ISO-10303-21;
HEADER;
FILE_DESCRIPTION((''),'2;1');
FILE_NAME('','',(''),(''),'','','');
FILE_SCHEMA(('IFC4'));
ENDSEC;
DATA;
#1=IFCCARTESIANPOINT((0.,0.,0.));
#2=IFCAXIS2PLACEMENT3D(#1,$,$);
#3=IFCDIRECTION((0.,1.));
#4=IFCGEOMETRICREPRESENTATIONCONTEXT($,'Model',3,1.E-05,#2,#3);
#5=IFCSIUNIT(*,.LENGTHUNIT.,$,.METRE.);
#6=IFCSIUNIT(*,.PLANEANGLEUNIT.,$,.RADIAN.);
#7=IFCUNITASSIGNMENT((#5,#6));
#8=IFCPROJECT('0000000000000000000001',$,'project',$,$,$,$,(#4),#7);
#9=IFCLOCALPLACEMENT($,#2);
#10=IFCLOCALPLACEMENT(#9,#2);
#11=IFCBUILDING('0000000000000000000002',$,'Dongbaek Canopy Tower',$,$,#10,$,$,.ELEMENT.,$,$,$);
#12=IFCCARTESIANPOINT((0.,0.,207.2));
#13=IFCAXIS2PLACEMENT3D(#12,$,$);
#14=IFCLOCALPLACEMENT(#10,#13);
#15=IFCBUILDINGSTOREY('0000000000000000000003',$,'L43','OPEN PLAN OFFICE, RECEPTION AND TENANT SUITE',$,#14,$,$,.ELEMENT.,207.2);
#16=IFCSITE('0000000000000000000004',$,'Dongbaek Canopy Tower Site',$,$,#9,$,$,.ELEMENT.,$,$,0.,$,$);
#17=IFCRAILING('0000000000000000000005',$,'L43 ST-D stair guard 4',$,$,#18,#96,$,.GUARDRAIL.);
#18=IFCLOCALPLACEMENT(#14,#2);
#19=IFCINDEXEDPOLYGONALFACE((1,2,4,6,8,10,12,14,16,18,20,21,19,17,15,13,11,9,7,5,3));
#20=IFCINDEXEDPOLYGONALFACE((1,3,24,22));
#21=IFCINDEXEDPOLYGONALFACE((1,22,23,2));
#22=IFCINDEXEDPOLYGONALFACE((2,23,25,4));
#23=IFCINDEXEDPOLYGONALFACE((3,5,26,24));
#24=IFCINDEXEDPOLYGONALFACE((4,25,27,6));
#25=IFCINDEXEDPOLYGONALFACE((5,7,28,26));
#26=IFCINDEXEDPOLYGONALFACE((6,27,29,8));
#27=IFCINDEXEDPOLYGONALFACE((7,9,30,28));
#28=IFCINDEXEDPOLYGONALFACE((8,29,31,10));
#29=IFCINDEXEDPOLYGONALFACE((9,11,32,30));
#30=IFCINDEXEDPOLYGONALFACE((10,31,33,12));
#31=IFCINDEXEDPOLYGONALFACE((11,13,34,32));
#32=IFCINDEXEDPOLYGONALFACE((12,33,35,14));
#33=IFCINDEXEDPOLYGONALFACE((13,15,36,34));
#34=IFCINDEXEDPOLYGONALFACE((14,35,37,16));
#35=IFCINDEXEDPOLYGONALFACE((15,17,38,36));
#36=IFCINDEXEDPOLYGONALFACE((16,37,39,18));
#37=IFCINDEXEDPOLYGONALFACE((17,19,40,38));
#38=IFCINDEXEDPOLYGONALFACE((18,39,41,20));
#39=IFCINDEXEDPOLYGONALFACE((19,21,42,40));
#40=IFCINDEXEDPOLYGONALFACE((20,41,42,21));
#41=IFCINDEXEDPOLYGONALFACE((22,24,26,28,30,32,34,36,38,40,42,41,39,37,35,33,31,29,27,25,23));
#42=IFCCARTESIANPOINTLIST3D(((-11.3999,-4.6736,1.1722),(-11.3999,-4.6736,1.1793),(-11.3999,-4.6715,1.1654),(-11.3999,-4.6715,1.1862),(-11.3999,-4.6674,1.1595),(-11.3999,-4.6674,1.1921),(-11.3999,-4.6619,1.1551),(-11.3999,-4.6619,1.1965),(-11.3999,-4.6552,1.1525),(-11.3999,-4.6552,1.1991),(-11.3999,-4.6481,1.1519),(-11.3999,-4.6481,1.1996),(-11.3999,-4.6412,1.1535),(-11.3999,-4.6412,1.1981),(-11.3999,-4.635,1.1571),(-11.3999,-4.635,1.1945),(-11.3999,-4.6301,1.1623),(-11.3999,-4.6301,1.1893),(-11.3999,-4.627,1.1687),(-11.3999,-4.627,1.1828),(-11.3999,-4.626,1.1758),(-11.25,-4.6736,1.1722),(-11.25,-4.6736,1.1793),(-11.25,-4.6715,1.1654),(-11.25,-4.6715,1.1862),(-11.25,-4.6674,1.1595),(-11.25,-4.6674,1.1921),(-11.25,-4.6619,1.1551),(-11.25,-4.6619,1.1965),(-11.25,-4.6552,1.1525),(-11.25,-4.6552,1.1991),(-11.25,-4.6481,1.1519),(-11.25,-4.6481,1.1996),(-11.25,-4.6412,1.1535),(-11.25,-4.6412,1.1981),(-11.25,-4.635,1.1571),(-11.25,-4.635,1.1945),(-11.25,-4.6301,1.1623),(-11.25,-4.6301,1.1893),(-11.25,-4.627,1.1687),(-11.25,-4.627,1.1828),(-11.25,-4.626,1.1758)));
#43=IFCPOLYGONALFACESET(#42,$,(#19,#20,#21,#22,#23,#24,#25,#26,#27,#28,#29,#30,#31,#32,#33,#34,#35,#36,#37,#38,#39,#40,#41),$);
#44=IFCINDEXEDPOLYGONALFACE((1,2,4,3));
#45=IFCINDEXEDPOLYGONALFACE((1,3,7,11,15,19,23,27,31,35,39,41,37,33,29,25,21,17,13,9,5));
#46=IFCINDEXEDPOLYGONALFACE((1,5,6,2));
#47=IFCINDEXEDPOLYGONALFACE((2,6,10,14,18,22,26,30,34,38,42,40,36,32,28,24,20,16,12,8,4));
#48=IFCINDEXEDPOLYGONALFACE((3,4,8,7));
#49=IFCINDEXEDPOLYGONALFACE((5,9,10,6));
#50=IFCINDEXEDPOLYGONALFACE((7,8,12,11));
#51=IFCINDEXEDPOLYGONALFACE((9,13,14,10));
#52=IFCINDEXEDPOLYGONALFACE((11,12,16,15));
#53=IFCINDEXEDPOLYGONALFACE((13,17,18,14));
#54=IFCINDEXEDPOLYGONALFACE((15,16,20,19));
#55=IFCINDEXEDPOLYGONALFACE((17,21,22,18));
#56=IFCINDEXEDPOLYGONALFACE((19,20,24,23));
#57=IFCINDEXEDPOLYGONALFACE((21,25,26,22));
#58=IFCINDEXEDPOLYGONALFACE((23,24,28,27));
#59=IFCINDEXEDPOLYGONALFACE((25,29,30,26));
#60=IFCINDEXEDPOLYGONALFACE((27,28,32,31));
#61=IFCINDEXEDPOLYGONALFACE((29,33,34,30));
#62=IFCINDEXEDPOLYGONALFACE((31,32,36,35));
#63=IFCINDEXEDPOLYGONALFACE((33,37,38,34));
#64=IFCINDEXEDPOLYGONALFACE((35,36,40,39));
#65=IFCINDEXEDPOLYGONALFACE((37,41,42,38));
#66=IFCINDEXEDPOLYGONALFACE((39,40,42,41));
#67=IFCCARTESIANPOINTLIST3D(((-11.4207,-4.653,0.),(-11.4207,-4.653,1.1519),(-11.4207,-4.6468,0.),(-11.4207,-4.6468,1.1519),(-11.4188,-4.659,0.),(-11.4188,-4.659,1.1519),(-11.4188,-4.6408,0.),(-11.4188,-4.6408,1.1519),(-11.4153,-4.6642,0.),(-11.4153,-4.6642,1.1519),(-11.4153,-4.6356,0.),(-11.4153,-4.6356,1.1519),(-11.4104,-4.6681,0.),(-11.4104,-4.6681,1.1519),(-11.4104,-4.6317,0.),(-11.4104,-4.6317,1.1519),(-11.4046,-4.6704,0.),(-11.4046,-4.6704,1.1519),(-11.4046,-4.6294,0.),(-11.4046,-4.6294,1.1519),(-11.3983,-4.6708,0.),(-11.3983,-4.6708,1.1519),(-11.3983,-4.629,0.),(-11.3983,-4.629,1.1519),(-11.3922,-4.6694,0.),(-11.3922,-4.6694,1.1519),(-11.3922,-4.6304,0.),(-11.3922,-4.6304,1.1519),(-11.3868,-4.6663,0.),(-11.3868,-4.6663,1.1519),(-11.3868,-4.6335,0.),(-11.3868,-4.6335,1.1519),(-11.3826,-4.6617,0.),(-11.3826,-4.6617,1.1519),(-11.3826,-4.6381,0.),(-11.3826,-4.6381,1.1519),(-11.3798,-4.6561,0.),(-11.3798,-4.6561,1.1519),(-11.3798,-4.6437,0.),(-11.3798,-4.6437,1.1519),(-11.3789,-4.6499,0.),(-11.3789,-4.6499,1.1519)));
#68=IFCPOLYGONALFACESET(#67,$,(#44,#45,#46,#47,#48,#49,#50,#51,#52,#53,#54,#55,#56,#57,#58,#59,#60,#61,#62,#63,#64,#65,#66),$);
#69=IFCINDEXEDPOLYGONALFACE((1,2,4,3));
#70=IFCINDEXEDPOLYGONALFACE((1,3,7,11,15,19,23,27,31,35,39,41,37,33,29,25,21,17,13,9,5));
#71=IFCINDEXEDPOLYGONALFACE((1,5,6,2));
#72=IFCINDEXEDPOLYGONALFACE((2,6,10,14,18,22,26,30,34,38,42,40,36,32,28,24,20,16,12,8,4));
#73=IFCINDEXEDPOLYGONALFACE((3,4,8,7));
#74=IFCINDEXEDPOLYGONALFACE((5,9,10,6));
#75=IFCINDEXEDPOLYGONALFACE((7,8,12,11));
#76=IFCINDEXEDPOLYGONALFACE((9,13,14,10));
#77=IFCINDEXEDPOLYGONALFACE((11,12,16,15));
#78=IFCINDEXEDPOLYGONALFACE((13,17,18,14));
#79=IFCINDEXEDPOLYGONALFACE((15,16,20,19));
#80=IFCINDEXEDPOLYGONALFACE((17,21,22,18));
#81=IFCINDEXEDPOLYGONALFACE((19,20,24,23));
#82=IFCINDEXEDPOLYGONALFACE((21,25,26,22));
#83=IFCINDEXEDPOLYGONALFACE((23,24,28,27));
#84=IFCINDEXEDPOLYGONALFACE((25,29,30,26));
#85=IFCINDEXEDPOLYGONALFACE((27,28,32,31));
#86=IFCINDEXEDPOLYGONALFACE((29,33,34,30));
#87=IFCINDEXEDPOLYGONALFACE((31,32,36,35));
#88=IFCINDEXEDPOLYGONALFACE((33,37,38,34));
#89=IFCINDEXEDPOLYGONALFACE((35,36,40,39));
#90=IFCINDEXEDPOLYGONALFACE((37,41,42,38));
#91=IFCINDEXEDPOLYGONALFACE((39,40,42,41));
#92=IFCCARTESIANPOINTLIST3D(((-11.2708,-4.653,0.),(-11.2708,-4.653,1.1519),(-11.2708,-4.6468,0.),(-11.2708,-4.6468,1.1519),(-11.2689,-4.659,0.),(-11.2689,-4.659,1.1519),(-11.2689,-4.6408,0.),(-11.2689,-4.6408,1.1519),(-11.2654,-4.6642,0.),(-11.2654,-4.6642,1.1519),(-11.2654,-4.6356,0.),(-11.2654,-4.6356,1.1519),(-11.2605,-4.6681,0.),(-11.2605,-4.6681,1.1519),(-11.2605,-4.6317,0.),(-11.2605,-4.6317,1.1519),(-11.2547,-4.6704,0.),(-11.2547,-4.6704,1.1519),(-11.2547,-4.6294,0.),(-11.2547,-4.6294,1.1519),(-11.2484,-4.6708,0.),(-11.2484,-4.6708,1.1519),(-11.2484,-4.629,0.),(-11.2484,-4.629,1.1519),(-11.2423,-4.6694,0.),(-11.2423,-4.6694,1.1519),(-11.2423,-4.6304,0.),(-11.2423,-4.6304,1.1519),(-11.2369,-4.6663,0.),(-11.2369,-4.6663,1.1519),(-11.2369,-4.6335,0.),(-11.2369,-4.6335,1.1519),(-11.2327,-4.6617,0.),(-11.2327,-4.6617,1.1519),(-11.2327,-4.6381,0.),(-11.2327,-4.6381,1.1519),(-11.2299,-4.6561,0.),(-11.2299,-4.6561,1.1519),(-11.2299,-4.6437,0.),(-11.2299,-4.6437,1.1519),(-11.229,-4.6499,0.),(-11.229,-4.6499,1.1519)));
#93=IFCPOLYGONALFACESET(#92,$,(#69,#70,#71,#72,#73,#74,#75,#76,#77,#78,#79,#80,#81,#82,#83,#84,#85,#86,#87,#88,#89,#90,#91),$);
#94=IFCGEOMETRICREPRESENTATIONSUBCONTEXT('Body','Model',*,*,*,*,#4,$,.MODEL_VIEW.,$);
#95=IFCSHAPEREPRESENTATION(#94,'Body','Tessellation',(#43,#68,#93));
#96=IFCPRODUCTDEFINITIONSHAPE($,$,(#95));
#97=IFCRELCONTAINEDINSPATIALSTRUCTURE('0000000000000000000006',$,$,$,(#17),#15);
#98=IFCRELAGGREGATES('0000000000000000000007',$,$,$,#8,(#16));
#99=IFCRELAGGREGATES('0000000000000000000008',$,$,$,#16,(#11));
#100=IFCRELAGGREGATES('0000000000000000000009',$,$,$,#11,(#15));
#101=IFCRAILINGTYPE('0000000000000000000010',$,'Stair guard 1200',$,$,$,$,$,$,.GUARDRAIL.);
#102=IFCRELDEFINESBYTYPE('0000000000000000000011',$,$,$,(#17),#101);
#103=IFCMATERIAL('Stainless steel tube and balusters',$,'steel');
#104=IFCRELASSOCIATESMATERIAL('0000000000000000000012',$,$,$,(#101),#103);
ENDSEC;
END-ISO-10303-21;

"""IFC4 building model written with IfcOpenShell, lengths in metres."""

from ifc_helpers import new_model, si_unit, direction, frame, origin, origin_2d, place, context, subcontext, project, spatial, circle, extrude, material, type_object, element, save


model = new_model("IFC4")

# Units and contexts
model_context = context("Model", 3, precision=1e-05, world=origin(), true_north=direction((0.0, 1.0)))
body_context = subcontext(model_context, "Body", "Model", "MODEL_VIEW")
ifc_project = project(units=[si_unit("LENGTHUNIT", "METRE"), si_unit("PLANEANGLEUNIT", "RADIAN")], contexts=[model_context])

# Site, building, storey
site_placement = place(None, origin())
site = spatial("IfcSite", under=ifc_project, at=site_placement, Name="Dongbaek Canopy Tower Site", CompositionType="ELEMENT", RefElevation=0.0)
building_placement = place(site_placement, origin())
building = spatial("IfcBuilding", under=site, at=building_placement, Name="Dongbaek Canopy Tower", CompositionType="ELEMENT")
storey_placement = place(building_placement, frame((0.0, 0.0, 207.2)))
storey = spatial("IfcBuildingStorey", under=building, at=storey_placement, Name="L43", Description="OPEN PLAN OFFICE, RECEPTION AND TENANT SUITE", CompositionType="ELEMENT", Elevation=207.2)

# Railing
ifc_material_1 = material(Name="Stainless steel tube and balusters", Category="steel")
railing_type_1 = type_object("IfcRailingType", Name="Stair guard 1200", PredefinedType="GUARDRAIL", material=ifc_material_1)
railing_1_placement = place(storey_placement, frame((-11.3999, -4.6499, 0.0)))
element("IfcRailing", 1, at=railing_1_placement, inside=storey, type_object=railing_type_1, Name="L43 ST-D stair guard 4", PredefinedType="GUARDRAIL", context=body_context, shape_type="SweptSolid", body=[
    extrude(circle(Radius=0.0239, at=origin_2d()), frame((0.0, 0.0, 1.1758), z_axis=(1.0, 0.0, 0.0), x_axis=(0.0, 1.0, 0.0)), (0.0, 0.0, 1.0), 0.1499),
    extrude(circle(Radius=0.021, at=origin_2d()), origin(), (0.0, 0.0, 1.0), 1.1519),
    extrude(circle(Radius=0.021, at=origin_2d()), frame((0.1499, 0.0, 0.0)), (0.0, 0.0, 1.0), 1.1519),
])

save(model, "model.ifc")
